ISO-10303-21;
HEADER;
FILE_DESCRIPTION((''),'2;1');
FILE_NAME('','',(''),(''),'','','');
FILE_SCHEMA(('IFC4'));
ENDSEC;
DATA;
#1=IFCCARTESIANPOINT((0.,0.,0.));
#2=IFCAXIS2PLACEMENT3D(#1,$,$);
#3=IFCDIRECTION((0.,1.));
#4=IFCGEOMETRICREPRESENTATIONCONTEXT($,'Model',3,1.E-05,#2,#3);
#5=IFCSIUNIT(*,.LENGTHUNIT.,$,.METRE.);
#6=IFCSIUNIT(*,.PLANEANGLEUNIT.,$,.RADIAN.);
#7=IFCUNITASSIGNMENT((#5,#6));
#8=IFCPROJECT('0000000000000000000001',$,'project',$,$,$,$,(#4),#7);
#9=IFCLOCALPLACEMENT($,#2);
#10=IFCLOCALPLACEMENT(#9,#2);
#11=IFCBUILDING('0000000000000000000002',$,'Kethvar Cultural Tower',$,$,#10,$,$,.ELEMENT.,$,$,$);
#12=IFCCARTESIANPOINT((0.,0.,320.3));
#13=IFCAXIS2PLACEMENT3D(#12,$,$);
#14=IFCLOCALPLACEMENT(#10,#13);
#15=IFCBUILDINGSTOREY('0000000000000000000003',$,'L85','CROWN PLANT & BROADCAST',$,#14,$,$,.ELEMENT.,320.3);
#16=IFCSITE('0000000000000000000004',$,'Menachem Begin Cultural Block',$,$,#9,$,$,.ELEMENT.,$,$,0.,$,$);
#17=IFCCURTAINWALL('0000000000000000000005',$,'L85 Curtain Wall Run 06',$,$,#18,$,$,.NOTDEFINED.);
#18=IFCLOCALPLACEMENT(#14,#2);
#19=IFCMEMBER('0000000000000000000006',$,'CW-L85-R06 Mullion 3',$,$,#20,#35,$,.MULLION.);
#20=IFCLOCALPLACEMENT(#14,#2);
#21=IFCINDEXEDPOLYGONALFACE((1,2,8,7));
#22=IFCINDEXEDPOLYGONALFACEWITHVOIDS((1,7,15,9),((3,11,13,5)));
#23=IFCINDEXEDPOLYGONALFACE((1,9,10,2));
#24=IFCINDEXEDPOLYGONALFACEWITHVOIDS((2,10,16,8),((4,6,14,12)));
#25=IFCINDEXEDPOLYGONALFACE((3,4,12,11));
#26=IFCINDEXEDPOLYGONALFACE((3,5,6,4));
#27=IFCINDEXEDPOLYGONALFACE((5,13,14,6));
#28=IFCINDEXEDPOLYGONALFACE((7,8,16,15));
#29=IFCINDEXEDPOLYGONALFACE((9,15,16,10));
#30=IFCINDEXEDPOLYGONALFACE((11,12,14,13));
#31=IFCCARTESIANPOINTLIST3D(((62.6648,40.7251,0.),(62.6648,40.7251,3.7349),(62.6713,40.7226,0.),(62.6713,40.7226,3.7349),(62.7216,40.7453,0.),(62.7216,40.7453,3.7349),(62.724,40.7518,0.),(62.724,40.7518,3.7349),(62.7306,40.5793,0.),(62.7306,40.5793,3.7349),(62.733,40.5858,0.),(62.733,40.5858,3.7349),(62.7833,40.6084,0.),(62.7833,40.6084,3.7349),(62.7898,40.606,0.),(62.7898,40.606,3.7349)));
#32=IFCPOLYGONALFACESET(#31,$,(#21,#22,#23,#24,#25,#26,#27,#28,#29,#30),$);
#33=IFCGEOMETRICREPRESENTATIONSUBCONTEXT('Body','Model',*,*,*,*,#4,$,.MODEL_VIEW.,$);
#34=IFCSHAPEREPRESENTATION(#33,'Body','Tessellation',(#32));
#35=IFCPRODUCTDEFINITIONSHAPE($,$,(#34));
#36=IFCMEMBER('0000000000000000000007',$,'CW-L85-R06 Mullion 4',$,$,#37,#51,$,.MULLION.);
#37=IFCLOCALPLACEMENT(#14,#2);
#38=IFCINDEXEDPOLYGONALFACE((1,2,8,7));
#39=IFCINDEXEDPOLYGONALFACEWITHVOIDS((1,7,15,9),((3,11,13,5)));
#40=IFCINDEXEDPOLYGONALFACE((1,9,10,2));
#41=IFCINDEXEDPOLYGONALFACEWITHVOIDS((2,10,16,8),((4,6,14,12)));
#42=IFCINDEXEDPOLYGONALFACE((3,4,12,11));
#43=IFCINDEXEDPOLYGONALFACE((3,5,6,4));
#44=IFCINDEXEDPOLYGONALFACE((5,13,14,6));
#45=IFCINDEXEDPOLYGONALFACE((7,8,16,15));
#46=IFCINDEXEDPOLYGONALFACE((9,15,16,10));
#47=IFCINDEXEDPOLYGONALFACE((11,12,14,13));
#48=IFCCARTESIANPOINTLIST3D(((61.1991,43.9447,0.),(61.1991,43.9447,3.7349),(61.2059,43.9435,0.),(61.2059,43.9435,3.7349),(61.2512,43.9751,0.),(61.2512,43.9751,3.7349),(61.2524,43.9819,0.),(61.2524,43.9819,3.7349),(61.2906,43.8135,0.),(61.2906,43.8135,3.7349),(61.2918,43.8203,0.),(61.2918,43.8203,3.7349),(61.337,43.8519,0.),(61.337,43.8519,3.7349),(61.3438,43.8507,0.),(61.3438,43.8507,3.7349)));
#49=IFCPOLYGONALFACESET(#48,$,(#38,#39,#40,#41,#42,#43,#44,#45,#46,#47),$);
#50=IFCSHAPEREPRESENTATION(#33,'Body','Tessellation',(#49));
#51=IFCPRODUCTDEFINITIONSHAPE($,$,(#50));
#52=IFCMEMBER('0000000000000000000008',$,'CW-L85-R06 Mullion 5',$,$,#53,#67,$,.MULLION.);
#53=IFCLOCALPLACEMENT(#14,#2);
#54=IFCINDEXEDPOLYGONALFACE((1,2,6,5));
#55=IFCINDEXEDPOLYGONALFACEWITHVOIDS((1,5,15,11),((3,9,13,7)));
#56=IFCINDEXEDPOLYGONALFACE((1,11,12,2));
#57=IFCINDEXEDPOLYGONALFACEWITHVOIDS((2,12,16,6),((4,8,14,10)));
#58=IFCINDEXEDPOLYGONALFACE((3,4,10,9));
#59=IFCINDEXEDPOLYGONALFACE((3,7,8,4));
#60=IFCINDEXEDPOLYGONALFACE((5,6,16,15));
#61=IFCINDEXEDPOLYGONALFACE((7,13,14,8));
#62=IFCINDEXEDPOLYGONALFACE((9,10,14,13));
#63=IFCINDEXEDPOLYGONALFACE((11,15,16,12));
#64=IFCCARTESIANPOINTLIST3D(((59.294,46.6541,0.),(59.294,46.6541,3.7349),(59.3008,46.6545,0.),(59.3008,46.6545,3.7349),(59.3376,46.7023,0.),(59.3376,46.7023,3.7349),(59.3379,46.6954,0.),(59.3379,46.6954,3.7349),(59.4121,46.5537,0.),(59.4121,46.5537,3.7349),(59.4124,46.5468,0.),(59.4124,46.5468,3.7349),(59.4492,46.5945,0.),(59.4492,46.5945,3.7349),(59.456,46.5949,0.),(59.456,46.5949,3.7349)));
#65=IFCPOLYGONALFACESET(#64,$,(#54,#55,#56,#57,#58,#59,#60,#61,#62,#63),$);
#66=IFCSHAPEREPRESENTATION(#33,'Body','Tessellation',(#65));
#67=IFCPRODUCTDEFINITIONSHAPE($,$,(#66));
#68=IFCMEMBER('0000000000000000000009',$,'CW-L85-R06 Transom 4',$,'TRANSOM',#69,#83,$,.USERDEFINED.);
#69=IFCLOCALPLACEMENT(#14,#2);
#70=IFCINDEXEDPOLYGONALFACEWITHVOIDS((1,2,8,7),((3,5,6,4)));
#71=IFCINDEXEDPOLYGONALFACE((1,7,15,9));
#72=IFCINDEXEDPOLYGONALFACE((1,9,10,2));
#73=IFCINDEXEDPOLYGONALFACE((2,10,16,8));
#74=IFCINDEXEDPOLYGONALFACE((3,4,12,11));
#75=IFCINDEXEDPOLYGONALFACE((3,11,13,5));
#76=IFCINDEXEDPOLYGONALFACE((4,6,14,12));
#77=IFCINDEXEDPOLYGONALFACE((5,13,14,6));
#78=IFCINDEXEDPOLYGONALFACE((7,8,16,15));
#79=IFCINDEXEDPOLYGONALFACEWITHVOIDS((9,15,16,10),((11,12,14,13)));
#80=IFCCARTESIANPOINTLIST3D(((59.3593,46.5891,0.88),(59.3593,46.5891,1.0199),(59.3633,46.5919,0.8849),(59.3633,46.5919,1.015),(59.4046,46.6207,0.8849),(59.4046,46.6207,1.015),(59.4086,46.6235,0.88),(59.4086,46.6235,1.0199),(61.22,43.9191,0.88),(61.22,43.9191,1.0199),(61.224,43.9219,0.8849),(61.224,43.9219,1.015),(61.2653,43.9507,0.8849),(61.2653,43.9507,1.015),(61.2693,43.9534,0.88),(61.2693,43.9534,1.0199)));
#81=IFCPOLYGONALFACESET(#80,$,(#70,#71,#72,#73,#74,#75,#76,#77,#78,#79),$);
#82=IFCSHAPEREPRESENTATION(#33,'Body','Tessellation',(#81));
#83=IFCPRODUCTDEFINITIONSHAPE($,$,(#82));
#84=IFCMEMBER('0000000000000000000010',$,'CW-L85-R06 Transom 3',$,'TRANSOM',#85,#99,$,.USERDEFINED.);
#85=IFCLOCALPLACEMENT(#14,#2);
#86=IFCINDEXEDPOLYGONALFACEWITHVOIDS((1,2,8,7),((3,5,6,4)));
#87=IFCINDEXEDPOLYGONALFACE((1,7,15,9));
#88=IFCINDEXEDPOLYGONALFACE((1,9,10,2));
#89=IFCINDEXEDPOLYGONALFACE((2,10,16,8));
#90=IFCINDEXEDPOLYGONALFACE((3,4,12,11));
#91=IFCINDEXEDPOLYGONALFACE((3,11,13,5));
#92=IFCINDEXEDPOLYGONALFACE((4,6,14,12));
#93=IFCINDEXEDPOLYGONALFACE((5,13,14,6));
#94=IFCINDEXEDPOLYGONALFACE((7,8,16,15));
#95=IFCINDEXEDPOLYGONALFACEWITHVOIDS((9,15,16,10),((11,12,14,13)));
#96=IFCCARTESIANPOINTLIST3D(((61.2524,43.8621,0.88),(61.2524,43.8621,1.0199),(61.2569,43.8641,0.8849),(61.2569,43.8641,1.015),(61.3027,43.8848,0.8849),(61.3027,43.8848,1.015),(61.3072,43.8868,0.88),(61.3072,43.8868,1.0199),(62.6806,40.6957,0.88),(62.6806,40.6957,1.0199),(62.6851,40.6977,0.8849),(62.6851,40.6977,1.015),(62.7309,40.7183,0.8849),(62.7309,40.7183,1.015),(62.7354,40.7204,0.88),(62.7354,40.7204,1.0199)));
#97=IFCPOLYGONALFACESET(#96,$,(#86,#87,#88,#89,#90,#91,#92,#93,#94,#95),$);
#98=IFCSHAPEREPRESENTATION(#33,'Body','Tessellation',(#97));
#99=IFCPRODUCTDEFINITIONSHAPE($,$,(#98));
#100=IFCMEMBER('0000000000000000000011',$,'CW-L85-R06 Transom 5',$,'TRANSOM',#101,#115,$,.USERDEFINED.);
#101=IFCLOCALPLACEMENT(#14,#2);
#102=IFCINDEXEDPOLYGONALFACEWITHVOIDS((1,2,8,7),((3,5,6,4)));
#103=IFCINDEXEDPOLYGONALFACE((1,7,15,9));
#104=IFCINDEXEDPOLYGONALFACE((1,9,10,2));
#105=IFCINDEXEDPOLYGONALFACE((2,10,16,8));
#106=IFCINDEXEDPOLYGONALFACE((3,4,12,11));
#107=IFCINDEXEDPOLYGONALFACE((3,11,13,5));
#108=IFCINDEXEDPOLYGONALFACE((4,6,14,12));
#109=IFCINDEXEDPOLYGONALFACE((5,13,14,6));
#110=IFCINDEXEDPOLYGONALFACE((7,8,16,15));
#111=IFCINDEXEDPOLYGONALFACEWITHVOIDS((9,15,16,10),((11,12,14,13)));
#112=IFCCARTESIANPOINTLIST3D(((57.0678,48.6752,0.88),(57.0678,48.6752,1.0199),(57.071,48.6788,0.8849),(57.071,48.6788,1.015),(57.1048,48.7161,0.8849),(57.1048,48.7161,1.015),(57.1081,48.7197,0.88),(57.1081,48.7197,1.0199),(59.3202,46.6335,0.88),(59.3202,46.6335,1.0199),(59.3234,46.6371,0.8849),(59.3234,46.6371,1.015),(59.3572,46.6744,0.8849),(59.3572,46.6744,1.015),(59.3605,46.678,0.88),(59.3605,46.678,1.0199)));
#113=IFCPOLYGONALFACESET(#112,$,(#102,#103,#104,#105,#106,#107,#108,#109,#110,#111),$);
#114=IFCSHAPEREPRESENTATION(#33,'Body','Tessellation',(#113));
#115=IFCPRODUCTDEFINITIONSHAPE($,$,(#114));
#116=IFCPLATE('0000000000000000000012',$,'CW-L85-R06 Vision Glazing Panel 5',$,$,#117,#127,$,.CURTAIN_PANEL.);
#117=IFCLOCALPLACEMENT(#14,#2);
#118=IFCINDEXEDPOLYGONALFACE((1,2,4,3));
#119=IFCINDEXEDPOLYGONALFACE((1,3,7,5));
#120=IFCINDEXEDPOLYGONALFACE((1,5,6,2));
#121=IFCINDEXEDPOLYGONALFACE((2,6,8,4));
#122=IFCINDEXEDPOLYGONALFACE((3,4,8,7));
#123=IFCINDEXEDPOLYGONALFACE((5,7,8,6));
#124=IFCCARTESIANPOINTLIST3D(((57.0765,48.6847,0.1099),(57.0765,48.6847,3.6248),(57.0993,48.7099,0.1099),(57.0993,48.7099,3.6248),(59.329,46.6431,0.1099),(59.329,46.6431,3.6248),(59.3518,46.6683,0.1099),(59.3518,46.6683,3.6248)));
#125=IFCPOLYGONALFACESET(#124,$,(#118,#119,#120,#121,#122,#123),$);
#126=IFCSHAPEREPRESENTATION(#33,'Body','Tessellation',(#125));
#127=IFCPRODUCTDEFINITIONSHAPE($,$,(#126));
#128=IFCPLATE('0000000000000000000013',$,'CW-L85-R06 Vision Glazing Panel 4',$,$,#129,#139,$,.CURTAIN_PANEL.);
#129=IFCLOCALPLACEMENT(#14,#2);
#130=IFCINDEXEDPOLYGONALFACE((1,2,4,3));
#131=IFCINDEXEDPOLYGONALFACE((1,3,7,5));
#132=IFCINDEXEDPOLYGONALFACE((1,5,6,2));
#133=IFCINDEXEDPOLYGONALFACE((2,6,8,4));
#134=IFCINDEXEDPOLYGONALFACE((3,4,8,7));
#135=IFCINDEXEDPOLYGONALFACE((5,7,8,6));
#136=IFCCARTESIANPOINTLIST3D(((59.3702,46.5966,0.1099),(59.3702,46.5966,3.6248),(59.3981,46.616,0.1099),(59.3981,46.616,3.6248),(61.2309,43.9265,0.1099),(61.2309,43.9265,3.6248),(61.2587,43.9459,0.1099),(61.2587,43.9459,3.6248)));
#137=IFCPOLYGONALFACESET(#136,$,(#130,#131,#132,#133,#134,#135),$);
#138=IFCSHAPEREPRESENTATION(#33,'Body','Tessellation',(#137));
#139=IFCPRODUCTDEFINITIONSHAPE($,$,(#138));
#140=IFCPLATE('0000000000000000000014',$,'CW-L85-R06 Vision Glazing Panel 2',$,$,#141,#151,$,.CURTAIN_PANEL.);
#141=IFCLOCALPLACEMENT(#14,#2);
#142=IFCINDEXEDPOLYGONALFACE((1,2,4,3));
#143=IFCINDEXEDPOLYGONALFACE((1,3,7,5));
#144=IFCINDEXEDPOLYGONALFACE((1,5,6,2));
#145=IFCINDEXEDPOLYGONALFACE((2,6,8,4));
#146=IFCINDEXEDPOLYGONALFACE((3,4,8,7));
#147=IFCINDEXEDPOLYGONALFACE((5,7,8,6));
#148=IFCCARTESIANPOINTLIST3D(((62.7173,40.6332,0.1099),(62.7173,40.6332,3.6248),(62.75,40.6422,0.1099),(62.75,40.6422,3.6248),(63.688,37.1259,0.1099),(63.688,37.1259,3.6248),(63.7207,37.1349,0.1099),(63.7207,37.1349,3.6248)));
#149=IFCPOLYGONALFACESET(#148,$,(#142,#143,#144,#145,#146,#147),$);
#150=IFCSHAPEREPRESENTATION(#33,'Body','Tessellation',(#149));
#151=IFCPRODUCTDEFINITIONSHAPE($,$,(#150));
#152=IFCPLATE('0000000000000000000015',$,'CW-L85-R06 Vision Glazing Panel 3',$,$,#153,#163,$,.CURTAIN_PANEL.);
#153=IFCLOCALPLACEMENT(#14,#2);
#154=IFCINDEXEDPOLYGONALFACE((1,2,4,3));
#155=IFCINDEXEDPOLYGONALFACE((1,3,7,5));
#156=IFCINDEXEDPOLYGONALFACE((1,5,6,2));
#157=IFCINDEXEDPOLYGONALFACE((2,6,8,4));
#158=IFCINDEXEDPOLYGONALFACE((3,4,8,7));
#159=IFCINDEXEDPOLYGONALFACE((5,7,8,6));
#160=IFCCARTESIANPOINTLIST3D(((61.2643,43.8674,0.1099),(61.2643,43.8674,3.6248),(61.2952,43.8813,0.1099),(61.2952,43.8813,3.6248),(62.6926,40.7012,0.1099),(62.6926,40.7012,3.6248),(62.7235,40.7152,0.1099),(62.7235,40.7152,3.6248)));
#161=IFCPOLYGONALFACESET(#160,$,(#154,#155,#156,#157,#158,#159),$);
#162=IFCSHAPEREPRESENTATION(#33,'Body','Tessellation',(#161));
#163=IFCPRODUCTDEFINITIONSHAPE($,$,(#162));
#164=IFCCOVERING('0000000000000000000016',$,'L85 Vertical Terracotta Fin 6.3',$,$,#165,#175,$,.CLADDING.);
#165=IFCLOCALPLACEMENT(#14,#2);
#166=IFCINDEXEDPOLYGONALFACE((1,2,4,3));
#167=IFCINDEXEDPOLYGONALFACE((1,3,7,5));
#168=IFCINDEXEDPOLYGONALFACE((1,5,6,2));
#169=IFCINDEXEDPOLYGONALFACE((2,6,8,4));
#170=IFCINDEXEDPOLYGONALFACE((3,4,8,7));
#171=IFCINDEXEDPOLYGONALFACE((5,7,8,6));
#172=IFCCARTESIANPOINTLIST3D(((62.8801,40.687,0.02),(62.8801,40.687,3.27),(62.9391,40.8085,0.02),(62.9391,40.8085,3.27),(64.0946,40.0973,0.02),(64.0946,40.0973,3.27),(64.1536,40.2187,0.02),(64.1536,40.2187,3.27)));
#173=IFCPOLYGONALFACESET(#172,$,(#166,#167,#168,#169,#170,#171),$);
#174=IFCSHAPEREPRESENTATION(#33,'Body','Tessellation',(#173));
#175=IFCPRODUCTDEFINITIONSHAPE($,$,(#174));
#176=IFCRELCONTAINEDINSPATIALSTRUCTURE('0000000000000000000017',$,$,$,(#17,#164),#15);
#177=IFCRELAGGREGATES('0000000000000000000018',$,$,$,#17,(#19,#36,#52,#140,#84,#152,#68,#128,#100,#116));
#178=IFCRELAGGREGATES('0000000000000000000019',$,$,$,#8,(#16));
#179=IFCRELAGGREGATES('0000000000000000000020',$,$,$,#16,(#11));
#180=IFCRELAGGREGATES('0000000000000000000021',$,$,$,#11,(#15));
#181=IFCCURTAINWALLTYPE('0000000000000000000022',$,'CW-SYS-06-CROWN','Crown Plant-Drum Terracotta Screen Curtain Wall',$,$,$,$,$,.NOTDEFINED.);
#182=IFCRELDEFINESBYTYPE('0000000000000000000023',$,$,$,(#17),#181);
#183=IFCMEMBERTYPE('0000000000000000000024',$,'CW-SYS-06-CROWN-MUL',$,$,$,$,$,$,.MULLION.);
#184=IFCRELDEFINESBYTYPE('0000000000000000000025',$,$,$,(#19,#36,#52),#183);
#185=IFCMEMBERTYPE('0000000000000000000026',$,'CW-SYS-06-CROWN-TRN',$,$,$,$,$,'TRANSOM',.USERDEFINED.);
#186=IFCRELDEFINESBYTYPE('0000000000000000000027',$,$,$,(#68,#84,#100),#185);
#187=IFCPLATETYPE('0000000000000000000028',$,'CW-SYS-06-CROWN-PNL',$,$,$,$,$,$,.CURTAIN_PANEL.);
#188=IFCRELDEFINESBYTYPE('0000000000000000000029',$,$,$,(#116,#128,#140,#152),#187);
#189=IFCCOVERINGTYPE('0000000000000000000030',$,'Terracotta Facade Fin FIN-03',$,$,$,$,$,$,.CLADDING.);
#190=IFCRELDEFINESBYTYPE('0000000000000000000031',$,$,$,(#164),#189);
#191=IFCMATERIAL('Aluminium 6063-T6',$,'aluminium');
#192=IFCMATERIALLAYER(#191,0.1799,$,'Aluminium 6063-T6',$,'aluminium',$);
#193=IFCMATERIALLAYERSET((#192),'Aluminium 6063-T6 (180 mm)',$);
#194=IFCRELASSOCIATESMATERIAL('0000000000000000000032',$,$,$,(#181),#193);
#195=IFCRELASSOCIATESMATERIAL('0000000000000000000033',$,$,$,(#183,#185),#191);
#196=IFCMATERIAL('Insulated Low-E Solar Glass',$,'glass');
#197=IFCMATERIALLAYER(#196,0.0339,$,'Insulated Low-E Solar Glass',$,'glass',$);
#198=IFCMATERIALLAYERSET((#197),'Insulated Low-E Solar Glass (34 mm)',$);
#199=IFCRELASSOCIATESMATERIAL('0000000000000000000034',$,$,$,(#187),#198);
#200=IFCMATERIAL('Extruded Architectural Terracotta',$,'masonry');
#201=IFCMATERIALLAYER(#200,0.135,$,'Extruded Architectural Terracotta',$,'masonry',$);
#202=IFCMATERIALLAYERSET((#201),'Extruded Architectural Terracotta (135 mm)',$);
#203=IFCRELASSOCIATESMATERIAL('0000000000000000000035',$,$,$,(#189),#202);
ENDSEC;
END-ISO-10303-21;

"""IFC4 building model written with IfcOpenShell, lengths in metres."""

from ifc_helpers import new_model, si_unit, direction, frame, origin, origin_2d, place, context, subcontext, project, spatial, rectangle, hollow_rectangle, extrude, source, transform, mapped, material, layer, layer_set, material_profile, profile_set, type_object, element, aggregate, save


model = new_model("IFC4")

# Units and contexts
model_context = context("Model", 3, precision=1e-05, world=origin(), true_north=direction((0.0, 1.0)))
body_context = subcontext(model_context, "Body", "Model", "MODEL_VIEW")
ifc_project = project(units=[si_unit("LENGTHUNIT", "METRE"), si_unit("PLANEANGLEUNIT", "RADIAN")], contexts=[model_context])

# Site, building, storey
site_placement = place(None, origin())
site = spatial("IfcSite", under=ifc_project, at=site_placement, Name="Menachem Begin Cultural Block", CompositionType="ELEMENT", RefElevation=0.0)
building_placement = place(site_placement, origin())
building = spatial("IfcBuilding", under=site, at=building_placement, Name="Kethvar Cultural Tower", CompositionType="ELEMENT")
storey_placement = place(building_placement, frame((0.0, 0.0, 320.3)))
storey = spatial("IfcBuildingStorey", under=building, at=storey_placement, Name="L85", Description="CROWN PLANT & BROADCAST", CompositionType="ELEMENT", Elevation=320.3)

# Curtain wall, members, plates
ifc_material_1 = material(Name="Aluminium 6063-T6", Category="aluminium")
ifc_layer_1 = layer(ifc_material_1, 0.1799, Name="Aluminium 6063-T6", Category="aluminium")
ifc_layer_set_1 = layer_set([ifc_layer_1], Name="Aluminium 6063-T6 (180 mm)")
curtain_wall_type = type_object("IfcCurtainWallType", Name="CW-SYS-06-CROWN", Description="Crown Plant-Drum Terracotta Screen Curtain Wall", PredefinedType="NOTDEFINED", material=ifc_layer_set_1)
curtain_wall_placement = place(storey_placement, origin())
curtain_wall = element("IfcCurtainWall", 1, at=curtain_wall_placement, inside=storey, type_object=curtain_wall_type, Name="L85 Curtain Wall Run 06", PredefinedType="NOTDEFINED")
ifc_material_profile_1 = material_profile(ifc_material_1, hollow_rectangle(XDim=0.0649, YDim=0.1599, WallThickness=0.0049, at=origin_2d()), Name="Aluminium 6063-T6 — RHS160x65x5")
ifc_profile_set_1 = profile_set([ifc_material_profile_1], Name="Aluminium 6063-T6 — RHS160x65x5")
member_type_1 = type_object("IfcMemberType", Name="CW-SYS-06-CROWN-MUL", PredefinedType="MULLION", material=ifc_profile_set_1)
shared_shape_1 = source(origin(), body_context, "Body", "SweptSolid", [
    extrude(hollow_rectangle(XDim=0.0649, YDim=0.1599, WallThickness=0.0049, at=origin_2d()), origin(), (0.0, 0.0, 1.0), 3.7349),
])
member_1_placement = place(storey_placement, frame((62.7273, 40.6655, 0.0), z_axis=(0.0, 0.0, 1.0), x_axis=(-0.911547, -0.411196, 0.0)))
member_1 = element("IfcMember", 2, at=member_1_placement, type_object=member_type_1, Name="CW-L85-R06 Mullion 3", PredefinedType="MULLION", context=body_context, shape_type="MappedRepresentation", body=[
    mapped(shared_shape_1, transform((0.0, 0.0, 0.0), scale=1.0)),
])
member_2_placement = place(storey_placement, frame((61.2715, 43.8977, 0.0), z_axis=(0.0, 0.0, 1.0), x_axis=(-0.820441, -0.571731, 0.0)))
member_2 = element("IfcMember", 3, at=member_2_placement, type_object=member_type_1, Name="CW-L85-R06 Mullion 4", PredefinedType="MULLION", context=body_context, shape_type="MappedRepresentation", body=[
    mapped(shared_shape_1, transform((0.0, 0.0, 0.0), scale=1.0)),
])
member_3_placement = place(storey_placement, frame((59.375, 46.6245, 0.0), z_axis=(0.0, 0.0, 1.0), x_axis=(-0.671565, -0.740945, 0.0)))
member_3 = element("IfcMember", 4, at=member_3_placement, type_object=member_type_1, Name="CW-L85-R06 Mullion 5", PredefinedType="MULLION", context=body_context, shape_type="MappedRepresentation", body=[
    mapped(shared_shape_1, transform((0.0, 0.0, 0.0), scale=1.0)),
])
ifc_material_profile_2 = material_profile(ifc_material_1, hollow_rectangle(XDim=0.0601, YDim=0.1399, WallThickness=0.0049, at=origin_2d()), Name="Aluminium 6063-T6 — RHS140x60x5")
ifc_profile_set_2 = profile_set([ifc_material_profile_2], Name="Aluminium 6063-T6 — RHS140x60x5")
member_type_2 = type_object("IfcMemberType", Name="CW-SYS-06-CROWN-TRN", ElementType="TRANSOM", PredefinedType="USERDEFINED", material=ifc_profile_set_2)
shared_shape_2 = source(origin(), body_context, "Body", "SweptSolid", [
    extrude(hollow_rectangle(XDim=0.0601, YDim=0.1399, WallThickness=0.0049, at=origin_2d()), origin(), (0.0, 0.0, 1.0), 3.2544),
])
member_4_placement = place(storey_placement, frame((61.2446, 43.9363, 0.95), z_axis=(-0.571739, 0.820435, 0.0), x_axis=(-0.820435, -0.571739, 0.0)))
member_4 = element("IfcMember", 5, at=member_4_placement, type_object=member_type_2, Name="CW-L85-R06 Transom 4", ObjectType="TRANSOM", PredefinedType="USERDEFINED", context=body_context, shape_type="MappedRepresentation", body=[
    mapped(shared_shape_2, transform((0.0, 0.0, 0.0), scale=1.0)),
])
shared_shape_3 = source(origin(), body_context, "Body", "SweptSolid", [
    extrude(hollow_rectangle(XDim=0.0601, YDim=0.1399, WallThickness=0.0049, at=origin_2d()), origin(), (0.0, 0.0, 1.0), 3.4736),
])
member_5_placement = place(storey_placement, frame((62.708, 40.708, 0.95), z_axis=(-0.411154, 0.911566, 0.0), x_axis=(-0.911566, -0.411154, 0.0)))
member_5 = element("IfcMember", 6, at=member_5_placement, type_object=member_type_2, Name="CW-L85-R06 Transom 3", ObjectType="TRANSOM", PredefinedType="USERDEFINED", context=body_context, shape_type="MappedRepresentation", body=[
    mapped(shared_shape_3, transform((0.0, 0.0, 0.0), scale=1.0)),
])
shared_shape_4 = source(origin(), body_context, "Body", "SweptSolid", [
    extrude(hollow_rectangle(XDim=0.0601, YDim=0.1399, WallThickness=0.0049, at=origin_2d()), origin(), (0.0, 0.0, 1.0), 3.04),
])
member_6_placement = place(storey_placement, frame((59.3403, 46.6558, 0.95), z_axis=(-0.74091, 0.671605, 0.0), x_axis=(-0.671605, -0.74091, 0.0)))
member_6 = element("IfcMember", 7, at=member_6_placement, type_object=member_type_2, Name="CW-L85-R06 Transom 5", ObjectType="TRANSOM", PredefinedType="USERDEFINED", context=body_context, shape_type="MappedRepresentation", body=[
    mapped(shared_shape_4, transform((0.0, 0.0, 0.0), scale=1.0)),
])
ifc_material_2 = material(Name="Insulated Low-E Solar Glass", Category="glass")
ifc_layer_2 = layer(ifc_material_2, 0.0339, Name="Insulated Low-E Solar Glass", Category="glass")
ifc_layer_set_2 = layer_set([ifc_layer_2], Name="Insulated Low-E Solar Glass (34 mm)")
plate_type = type_object("IfcPlateType", Name="CW-SYS-06-CROWN-PNL", PredefinedType="CURTAIN_PANEL", material=ifc_layer_set_2)
shared_shape_5 = source(origin(), body_context, "Body", "SweptSolid", [
    extrude(rectangle(XDim=3.04, YDim=0.0339, at=origin_2d()), origin(), (0.0, 0.0, 1.0), 3.5149),
])
plate_1_placement = place(storey_placement, frame((58.2141, 47.6765, 0.1099), z_axis=(0.0, 0.0, 1.0), x_axis=(-0.740945, 0.671565, 0.0)))
plate_1 = element("IfcPlate", 8, at=plate_1_placement, type_object=plate_type, Name="CW-L85-R06 Vision Glazing Panel 5", PredefinedType="CURTAIN_PANEL", context=body_context, shape_type="MappedRepresentation", body=[
    mapped(shared_shape_5, transform((0.0, 0.0, 0.0), scale=1.0)),
])
shared_shape_6 = source(origin(), body_context, "Body", "SweptSolid", [
    extrude(rectangle(XDim=3.2544, YDim=0.0339, at=origin_2d()), origin(), (0.0, 0.0, 1.0), 3.5149),
])
plate_2_placement = place(storey_placement, frame((60.3145, 45.2712, 0.1099), z_axis=(0.0, 0.0, 1.0), x_axis=(-0.571731, 0.820441, 0.0)))
plate_2 = element("IfcPlate", 9, at=plate_2_placement, type_object=plate_type, Name="CW-L85-R06 Vision Glazing Panel 4", PredefinedType="CURTAIN_PANEL", context=body_context, shape_type="MappedRepresentation", body=[
    mapped(shared_shape_6, transform((0.0, 0.0, 0.0), scale=1.0)),
])
shared_shape_7 = source(origin(), body_context, "Body", "SweptSolid", [
    extrude(rectangle(XDim=3.6392, YDim=0.0339, at=origin_2d()), origin(), (0.0, 0.0, 1.0), 3.5149),
])
plate_3_placement = place(storey_placement, frame((63.219, 38.884, 0.1099), z_axis=(0.0, 0.0, 1.0), x_axis=(-0.266734, 0.96377, 0.0)))
plate_3 = element("IfcPlate", 10, at=plate_3_placement, type_object=plate_type, Name="CW-L85-R06 Vision Glazing Panel 2", PredefinedType="CURTAIN_PANEL", context=body_context, shape_type="MappedRepresentation", body=[
    mapped(shared_shape_7, transform((0.0, 0.0, 0.0), scale=1.0)),
])
shared_shape_8 = source(origin(), body_context, "Body", "SweptSolid", [
    extrude(rectangle(XDim=3.4734, YDim=0.0339, at=origin_2d()), origin(), (0.0, 0.0, 1.0), 3.5149),
])
plate_4_placement = place(storey_placement, frame((61.9939, 42.2913, 0.1099), z_axis=(0.0, 0.0, 1.0), x_axis=(-0.411196, 0.911547, 0.0)))
plate_4 = element("IfcPlate", 11, at=plate_4_placement, type_object=plate_type, Name="CW-L85-R06 Vision Glazing Panel 3", PredefinedType="CURTAIN_PANEL", context=body_context, shape_type="MappedRepresentation", body=[
    mapped(shared_shape_8, transform((0.0, 0.0, 0.0), scale=1.0)),
])
aggregate(curtain_wall, [member_1, member_2, member_3, plate_3, member_5, plate_4, member_4, plate_2, member_6, plate_1])

# Covering
ifc_material_3 = material(Name="Extruded Architectural Terracotta", Category="masonry")
ifc_layer_3 = layer(ifc_material_3, 0.135, Name="Extruded Architectural Terracotta", Category="masonry")
ifc_layer_set_3 = layer_set([ifc_layer_3], Name="Extruded Architectural Terracotta (135 mm)")
covering_type = type_object("IfcCoveringType", Name="Terracotta Facade Fin FIN-03", PredefinedType="CLADDING", material=ifc_layer_set_3)
shared_shape_9 = source(origin(), body_context, "Body", "SweptSolid", [
    extrude(rectangle(XDim=1.3501, YDim=0.135, at=origin_2d()), origin(), (0.0, 0.0, 1.0), 3.25),
])
for number, where, z_axis, x_axis, name in (
    (12, (63.5168, 40.4529, 0.02), (0.0, 0.0, 1.0), (0.899558, -0.436802, 0.0), "L85 Vertical Terracotta Fin 6.3"),
):
    element("IfcCovering", number, at=place(storey_placement, frame(where, z_axis=z_axis, x_axis=x_axis)), inside=storey, type_object=covering_type, Name=name, PredefinedType="CLADDING", context=body_context, shape_type="MappedRepresentation", body=[
        mapped(shared_shape_9, transform((0.0, 0.0, 0.0), scale=1.0)),
    ])

save(model, "model.ifc")
